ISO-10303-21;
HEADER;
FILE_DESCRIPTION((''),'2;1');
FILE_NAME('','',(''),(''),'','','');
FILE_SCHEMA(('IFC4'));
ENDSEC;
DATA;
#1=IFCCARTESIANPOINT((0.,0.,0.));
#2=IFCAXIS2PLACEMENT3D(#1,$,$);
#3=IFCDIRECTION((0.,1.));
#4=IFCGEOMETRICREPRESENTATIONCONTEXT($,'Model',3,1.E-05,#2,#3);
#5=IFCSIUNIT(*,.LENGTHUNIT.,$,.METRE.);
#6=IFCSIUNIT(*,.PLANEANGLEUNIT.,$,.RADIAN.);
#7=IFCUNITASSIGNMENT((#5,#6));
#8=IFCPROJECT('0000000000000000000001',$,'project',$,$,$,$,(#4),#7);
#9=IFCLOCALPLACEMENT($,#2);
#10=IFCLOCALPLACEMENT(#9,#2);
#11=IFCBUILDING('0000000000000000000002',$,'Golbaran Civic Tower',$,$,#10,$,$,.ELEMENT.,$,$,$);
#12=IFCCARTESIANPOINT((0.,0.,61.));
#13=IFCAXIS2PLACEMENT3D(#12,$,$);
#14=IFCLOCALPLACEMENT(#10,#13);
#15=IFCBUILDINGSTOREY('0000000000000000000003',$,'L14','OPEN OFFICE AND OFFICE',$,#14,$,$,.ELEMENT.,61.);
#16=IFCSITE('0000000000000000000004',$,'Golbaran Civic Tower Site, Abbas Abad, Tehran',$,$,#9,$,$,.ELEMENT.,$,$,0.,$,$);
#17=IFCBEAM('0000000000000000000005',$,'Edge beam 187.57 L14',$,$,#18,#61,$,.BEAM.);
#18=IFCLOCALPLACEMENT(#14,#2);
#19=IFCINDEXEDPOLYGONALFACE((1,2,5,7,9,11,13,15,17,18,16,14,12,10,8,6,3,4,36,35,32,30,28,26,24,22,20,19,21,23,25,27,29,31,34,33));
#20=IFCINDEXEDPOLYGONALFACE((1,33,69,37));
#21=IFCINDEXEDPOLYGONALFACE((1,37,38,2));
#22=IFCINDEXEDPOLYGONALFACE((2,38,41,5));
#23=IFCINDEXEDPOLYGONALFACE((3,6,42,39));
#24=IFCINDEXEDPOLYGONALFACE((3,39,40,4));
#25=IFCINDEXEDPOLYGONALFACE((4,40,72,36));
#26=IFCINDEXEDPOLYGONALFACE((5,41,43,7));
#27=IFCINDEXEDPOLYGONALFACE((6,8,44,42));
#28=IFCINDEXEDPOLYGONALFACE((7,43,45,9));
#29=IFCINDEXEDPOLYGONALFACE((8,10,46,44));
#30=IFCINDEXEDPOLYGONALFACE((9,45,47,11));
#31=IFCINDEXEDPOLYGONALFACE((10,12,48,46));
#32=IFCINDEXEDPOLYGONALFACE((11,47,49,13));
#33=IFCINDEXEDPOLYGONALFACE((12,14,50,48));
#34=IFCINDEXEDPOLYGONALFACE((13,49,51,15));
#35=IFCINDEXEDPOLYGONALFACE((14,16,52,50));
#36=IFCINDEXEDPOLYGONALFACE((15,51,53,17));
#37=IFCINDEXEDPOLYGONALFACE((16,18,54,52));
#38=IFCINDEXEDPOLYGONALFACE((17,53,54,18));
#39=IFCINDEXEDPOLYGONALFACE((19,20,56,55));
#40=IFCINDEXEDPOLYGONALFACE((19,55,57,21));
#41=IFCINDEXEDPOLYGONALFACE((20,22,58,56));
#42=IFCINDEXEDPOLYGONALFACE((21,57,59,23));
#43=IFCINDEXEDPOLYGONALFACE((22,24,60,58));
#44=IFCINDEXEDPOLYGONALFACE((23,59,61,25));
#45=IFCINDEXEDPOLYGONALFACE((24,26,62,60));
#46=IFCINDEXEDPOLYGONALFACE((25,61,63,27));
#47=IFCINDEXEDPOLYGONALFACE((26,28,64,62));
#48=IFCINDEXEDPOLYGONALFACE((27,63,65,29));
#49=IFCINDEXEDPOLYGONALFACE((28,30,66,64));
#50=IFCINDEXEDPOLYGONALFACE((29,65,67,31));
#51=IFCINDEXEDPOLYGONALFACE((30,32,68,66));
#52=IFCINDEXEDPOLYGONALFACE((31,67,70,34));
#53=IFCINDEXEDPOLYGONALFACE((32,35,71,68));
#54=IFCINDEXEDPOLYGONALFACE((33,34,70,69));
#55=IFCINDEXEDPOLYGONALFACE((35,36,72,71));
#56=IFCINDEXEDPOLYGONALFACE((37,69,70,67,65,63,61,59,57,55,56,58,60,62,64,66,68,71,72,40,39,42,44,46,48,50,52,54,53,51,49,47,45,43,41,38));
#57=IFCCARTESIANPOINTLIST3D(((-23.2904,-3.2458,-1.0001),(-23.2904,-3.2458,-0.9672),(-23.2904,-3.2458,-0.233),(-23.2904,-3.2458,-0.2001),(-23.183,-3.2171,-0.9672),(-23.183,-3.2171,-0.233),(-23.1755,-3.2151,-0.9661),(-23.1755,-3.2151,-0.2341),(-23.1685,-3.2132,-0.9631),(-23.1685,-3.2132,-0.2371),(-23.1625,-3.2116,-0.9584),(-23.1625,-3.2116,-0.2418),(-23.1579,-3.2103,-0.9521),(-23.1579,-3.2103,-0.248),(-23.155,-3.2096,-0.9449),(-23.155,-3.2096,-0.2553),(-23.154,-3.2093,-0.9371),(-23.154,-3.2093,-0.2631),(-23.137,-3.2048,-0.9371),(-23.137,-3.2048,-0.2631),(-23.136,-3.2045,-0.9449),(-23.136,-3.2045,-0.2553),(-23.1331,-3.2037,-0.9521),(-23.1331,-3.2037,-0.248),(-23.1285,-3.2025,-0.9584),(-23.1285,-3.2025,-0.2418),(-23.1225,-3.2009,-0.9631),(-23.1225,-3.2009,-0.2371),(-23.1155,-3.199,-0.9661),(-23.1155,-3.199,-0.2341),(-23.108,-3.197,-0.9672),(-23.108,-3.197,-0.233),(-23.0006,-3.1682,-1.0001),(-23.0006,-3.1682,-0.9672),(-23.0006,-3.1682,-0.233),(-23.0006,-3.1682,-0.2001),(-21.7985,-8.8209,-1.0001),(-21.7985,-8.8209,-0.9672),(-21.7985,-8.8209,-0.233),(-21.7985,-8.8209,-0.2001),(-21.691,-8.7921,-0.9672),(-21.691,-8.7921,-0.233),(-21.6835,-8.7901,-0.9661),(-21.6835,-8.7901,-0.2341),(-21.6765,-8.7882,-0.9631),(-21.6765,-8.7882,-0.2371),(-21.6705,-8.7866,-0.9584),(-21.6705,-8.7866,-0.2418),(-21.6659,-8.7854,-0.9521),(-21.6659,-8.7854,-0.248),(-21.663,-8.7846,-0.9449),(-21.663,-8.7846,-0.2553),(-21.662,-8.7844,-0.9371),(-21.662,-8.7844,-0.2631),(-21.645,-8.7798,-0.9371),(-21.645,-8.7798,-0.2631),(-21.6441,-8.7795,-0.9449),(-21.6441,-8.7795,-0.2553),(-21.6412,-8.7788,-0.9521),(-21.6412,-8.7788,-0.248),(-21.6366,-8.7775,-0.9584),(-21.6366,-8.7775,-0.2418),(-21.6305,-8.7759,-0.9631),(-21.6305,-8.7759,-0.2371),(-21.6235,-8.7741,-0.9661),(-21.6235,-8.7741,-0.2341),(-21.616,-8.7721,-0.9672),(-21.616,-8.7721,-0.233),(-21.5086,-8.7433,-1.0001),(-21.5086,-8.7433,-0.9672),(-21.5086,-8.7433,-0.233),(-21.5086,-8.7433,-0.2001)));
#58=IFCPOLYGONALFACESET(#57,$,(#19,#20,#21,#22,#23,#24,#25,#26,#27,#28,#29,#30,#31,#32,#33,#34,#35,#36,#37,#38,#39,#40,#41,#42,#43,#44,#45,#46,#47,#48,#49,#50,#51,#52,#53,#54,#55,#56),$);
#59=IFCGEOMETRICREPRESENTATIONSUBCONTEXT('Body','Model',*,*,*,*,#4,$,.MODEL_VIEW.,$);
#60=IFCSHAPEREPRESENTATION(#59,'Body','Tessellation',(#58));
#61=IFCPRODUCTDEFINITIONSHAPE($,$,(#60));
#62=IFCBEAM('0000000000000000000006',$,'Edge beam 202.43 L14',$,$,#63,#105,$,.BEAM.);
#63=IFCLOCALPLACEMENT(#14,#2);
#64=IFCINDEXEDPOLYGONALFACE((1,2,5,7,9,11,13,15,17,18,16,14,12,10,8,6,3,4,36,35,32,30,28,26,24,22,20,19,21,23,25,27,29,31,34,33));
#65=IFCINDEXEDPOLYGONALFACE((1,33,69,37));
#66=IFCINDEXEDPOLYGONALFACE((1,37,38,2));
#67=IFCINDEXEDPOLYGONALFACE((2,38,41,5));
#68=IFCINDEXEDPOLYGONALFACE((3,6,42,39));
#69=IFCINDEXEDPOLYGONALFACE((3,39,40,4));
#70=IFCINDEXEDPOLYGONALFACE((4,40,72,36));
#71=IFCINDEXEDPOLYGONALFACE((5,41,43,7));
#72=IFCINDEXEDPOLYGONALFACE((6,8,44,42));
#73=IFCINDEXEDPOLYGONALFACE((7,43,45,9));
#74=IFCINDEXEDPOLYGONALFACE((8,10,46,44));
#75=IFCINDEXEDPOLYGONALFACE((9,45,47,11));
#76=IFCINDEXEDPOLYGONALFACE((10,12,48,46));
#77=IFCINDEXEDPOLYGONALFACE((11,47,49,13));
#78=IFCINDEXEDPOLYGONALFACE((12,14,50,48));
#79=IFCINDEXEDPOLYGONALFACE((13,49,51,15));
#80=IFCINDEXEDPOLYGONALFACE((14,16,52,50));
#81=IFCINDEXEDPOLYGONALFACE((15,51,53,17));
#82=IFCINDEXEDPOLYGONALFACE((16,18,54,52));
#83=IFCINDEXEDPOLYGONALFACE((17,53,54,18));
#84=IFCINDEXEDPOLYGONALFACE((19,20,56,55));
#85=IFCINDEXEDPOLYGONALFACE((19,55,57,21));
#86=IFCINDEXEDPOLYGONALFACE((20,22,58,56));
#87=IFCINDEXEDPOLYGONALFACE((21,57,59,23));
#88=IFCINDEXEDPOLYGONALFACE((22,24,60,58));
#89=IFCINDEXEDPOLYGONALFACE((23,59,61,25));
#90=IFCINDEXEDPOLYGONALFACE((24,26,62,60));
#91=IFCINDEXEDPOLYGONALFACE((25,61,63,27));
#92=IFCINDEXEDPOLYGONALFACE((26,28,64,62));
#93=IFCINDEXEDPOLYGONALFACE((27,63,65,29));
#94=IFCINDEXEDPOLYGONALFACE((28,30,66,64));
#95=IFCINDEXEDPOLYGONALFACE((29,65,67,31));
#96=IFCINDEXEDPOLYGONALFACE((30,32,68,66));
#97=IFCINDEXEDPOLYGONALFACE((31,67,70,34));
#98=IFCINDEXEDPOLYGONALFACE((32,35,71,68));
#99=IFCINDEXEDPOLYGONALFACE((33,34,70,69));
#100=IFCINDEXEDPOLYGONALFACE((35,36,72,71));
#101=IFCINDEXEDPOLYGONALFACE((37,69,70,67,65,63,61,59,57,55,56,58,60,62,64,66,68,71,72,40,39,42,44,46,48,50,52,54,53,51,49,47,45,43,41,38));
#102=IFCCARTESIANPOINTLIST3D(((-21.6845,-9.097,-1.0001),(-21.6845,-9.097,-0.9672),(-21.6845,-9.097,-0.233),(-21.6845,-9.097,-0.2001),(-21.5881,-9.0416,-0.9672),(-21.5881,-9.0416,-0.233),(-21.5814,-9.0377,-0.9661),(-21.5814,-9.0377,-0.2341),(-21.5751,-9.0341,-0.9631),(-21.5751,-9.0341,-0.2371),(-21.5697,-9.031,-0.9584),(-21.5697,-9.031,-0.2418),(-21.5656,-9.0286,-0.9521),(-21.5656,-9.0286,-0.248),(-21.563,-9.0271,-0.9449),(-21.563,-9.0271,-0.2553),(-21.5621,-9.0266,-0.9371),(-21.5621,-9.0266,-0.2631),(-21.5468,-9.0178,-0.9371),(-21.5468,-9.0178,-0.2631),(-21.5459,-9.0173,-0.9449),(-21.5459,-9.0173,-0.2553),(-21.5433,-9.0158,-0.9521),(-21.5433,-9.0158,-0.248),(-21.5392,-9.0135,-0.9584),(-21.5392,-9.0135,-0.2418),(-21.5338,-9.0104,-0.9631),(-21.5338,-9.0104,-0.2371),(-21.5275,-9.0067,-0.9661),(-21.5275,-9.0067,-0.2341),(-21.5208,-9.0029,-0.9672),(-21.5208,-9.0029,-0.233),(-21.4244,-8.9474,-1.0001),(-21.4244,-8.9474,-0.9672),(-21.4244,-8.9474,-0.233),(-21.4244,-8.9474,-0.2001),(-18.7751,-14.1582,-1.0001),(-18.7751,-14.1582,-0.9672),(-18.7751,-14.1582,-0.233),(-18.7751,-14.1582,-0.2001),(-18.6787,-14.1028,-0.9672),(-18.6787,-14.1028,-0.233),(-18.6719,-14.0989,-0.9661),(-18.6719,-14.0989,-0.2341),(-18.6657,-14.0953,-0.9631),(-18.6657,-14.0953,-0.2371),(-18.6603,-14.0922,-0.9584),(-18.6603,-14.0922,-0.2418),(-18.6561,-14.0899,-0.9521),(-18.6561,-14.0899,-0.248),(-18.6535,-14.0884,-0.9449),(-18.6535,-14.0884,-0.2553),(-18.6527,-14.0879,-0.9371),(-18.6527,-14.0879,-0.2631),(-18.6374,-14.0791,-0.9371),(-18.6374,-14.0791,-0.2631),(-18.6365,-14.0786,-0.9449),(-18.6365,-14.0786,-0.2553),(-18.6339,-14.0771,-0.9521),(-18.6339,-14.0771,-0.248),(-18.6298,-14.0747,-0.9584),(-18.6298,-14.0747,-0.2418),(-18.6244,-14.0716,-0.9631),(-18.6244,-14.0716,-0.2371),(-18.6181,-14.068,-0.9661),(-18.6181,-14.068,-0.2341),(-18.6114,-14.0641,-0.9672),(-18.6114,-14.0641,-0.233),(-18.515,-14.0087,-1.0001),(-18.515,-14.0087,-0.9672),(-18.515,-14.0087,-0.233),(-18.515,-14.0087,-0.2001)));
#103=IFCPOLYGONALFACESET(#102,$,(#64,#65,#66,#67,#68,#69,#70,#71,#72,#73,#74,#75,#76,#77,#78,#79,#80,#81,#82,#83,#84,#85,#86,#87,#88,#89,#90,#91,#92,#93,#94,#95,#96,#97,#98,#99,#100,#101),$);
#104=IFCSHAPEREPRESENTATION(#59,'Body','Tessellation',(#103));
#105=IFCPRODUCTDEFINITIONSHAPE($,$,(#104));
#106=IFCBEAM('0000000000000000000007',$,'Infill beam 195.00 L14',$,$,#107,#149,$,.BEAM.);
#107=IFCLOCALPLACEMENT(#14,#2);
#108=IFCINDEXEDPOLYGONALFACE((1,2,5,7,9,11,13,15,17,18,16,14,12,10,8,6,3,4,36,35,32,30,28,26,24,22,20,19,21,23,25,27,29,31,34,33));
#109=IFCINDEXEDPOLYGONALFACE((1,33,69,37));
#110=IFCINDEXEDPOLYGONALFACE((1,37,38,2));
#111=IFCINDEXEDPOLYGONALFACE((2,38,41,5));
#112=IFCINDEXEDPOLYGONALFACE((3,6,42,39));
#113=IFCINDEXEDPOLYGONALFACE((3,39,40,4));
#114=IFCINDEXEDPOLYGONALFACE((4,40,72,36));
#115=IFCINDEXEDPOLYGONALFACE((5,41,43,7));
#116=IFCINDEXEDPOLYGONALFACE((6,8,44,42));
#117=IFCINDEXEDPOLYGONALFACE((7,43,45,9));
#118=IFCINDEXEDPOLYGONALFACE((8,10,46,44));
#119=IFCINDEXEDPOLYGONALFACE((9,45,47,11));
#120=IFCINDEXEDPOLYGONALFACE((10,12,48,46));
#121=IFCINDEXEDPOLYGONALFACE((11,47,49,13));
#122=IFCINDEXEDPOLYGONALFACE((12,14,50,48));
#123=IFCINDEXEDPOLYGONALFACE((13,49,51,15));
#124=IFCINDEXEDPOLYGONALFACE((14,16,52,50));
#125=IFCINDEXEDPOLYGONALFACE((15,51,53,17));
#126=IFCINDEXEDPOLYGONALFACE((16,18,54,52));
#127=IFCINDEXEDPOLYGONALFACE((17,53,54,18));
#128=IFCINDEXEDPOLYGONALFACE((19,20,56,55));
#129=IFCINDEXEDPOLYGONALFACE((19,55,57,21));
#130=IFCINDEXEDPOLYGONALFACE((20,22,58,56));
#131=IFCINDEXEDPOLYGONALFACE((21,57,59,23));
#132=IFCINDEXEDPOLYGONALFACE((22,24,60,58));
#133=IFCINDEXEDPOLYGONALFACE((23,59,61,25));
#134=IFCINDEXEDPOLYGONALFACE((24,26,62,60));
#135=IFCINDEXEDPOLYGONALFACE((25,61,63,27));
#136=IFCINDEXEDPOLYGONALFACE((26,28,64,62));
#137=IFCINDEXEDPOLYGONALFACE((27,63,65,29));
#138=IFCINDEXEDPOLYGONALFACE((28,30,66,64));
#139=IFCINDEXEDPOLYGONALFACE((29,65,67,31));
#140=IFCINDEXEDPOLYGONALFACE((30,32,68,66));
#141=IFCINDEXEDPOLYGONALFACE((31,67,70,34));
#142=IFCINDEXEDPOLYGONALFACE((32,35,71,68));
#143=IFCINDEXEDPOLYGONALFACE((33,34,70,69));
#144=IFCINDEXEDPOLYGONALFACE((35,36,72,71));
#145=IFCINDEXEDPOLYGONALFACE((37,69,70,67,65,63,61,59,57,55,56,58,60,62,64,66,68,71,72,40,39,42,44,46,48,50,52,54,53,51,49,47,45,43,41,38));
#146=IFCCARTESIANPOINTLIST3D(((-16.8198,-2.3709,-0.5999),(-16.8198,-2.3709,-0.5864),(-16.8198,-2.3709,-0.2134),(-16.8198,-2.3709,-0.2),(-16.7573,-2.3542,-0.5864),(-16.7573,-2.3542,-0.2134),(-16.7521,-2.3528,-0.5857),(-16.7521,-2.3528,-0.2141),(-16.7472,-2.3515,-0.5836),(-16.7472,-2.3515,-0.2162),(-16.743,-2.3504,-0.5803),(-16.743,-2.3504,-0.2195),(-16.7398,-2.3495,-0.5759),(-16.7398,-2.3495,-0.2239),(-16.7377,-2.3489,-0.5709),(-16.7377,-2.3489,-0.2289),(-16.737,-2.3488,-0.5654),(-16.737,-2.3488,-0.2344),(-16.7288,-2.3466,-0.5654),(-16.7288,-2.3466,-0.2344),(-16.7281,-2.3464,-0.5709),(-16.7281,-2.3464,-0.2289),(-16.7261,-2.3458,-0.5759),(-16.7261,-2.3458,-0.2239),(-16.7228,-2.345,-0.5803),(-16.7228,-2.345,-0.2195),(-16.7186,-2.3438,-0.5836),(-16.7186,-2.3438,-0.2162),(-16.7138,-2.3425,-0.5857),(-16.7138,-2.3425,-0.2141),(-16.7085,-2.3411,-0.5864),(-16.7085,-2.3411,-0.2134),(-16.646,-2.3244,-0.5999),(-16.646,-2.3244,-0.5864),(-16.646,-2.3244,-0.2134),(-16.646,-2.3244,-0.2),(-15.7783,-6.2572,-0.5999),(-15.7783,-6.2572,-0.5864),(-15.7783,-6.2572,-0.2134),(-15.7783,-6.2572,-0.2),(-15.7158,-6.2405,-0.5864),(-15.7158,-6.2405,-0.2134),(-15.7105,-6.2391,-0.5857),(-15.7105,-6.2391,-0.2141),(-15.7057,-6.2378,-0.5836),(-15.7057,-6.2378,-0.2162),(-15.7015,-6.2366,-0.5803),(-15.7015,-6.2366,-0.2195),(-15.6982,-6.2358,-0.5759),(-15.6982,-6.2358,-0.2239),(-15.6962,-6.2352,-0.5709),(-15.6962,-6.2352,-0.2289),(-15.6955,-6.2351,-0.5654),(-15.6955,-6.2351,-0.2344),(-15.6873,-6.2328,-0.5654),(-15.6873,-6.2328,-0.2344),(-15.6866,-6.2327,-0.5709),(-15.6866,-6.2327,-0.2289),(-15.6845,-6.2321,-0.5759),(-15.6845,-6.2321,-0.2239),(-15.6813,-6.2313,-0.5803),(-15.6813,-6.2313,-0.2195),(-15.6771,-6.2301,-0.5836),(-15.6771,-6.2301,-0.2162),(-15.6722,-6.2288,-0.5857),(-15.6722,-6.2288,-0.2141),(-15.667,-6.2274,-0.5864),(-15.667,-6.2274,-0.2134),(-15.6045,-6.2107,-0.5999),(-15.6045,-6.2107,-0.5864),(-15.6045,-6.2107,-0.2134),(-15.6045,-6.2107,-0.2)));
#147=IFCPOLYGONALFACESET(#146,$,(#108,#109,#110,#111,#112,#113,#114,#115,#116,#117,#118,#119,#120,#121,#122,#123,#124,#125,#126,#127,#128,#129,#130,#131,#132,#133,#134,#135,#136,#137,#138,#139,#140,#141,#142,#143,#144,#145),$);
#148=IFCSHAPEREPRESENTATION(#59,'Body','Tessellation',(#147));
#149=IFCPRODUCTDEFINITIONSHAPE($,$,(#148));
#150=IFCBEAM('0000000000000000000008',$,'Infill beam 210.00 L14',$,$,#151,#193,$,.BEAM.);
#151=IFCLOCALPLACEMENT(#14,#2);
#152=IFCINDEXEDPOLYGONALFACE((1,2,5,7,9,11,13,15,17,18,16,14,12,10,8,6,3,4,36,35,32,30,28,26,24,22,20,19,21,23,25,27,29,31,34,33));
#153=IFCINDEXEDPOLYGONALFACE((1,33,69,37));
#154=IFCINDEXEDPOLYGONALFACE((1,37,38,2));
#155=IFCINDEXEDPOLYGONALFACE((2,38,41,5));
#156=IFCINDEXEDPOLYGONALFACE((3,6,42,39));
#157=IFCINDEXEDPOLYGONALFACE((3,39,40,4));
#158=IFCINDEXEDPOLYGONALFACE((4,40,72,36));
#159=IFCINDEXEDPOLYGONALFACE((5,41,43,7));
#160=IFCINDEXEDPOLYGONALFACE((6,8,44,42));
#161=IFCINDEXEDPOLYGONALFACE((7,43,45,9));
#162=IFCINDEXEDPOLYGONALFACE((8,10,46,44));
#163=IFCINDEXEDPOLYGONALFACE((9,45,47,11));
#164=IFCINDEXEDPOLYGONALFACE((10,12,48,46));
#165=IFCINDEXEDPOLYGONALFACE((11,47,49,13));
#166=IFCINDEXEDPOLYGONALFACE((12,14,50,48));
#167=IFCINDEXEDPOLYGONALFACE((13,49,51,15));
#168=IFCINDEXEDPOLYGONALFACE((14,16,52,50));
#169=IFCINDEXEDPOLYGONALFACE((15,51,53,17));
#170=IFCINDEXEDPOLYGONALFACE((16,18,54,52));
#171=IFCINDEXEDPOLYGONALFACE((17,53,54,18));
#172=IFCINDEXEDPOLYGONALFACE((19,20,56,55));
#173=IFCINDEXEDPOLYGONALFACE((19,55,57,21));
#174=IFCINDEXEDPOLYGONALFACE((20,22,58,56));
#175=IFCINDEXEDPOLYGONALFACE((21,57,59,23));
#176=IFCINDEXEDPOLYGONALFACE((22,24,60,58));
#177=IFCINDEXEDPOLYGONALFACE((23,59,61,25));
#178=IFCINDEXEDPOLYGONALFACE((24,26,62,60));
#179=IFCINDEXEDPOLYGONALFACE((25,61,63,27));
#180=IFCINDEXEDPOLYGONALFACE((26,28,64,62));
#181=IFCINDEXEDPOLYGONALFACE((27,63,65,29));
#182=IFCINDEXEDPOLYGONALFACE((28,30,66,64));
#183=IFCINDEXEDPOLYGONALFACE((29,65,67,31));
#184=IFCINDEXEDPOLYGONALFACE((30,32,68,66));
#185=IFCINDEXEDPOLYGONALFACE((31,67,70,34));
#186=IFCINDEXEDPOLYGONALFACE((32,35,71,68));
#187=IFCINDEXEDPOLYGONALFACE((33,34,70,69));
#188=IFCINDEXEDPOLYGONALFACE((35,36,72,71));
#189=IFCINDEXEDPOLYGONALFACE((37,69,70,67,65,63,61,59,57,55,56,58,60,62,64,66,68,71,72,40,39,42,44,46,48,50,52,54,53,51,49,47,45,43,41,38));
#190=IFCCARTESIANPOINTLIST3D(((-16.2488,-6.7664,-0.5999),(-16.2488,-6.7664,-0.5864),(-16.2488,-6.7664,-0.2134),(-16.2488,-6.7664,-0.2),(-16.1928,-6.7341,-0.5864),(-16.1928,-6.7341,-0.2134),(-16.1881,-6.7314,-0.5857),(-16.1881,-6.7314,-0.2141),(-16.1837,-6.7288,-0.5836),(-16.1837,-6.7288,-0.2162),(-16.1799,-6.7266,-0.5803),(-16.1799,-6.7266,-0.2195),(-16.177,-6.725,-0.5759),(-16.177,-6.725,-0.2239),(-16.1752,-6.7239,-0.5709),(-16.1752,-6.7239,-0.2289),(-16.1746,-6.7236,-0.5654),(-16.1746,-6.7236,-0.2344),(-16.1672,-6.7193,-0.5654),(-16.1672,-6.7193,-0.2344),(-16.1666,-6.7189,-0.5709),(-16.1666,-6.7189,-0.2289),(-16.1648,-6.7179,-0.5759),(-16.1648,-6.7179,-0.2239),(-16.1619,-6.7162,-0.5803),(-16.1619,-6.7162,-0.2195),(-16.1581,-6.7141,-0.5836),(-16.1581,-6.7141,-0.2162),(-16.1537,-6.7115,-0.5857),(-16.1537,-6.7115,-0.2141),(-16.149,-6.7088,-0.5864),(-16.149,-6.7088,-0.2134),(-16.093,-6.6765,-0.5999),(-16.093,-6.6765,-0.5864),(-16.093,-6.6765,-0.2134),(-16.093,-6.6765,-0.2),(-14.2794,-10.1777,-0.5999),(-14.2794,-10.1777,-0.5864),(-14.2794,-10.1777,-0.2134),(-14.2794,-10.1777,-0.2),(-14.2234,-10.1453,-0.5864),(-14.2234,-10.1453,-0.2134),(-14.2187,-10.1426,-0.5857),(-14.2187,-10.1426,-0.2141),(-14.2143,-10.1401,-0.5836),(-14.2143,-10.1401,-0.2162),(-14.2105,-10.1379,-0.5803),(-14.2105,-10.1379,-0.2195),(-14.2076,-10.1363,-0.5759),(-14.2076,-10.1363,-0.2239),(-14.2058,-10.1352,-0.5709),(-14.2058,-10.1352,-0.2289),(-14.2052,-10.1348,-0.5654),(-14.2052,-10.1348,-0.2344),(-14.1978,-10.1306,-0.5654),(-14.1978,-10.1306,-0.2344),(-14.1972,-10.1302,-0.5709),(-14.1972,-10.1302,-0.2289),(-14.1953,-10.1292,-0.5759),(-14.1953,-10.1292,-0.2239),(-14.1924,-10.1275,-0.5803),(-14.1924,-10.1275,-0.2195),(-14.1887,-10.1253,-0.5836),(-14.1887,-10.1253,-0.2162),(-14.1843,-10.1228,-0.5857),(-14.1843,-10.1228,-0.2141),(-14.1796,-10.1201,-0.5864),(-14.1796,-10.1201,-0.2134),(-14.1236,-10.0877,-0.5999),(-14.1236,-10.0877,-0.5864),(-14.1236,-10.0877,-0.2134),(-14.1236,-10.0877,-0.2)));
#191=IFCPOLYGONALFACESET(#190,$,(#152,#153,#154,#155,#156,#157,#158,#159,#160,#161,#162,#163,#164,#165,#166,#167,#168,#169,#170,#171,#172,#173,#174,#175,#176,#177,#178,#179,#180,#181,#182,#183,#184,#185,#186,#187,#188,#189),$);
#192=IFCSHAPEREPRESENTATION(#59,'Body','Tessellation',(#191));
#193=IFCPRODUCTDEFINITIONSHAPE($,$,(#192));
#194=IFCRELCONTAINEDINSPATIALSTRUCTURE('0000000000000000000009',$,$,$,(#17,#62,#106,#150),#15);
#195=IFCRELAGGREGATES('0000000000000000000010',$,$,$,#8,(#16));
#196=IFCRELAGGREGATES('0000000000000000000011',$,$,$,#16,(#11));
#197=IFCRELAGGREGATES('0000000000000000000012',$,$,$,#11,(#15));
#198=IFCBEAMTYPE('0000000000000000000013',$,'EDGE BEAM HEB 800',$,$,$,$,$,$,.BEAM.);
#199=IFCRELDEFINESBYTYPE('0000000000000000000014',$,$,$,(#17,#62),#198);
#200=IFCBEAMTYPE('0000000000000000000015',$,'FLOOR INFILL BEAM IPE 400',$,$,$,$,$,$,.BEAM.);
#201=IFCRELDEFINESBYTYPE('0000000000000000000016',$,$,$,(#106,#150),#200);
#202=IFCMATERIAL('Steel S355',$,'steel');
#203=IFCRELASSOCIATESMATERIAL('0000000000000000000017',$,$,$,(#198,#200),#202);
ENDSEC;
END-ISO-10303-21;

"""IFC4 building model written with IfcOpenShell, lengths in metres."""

from ifc_helpers import new_model, si_unit, direction, frame, origin, origin_2d, place, context, subcontext, project, spatial, i_section, extrude, material, material_profile, profile_set, type_object, element, save


model = new_model("IFC4")

# Units and contexts
model_context = context("Model", 3, precision=1e-05, world=origin(), true_north=direction((0.0, 1.0)))
body_context = subcontext(model_context, "Body", "Model", "MODEL_VIEW")
ifc_project = project(units=[si_unit("LENGTHUNIT", "METRE"), si_unit("PLANEANGLEUNIT", "RADIAN")], contexts=[model_context])

# Site, building, storey
site_placement = place(None, origin())
site = spatial("IfcSite", under=ifc_project, at=site_placement, Name="Golbaran Civic Tower Site, Abbas Abad, Tehran", CompositionType="ELEMENT", RefElevation=0.0)
building_placement = place(site_placement, origin())
building = spatial("IfcBuilding", under=site, at=building_placement, Name="Golbaran Civic Tower", CompositionType="ELEMENT")
storey_placement = place(building_placement, frame((0.0, 0.0, 61.0)))
storey = spatial("IfcBuildingStorey", under=building, at=storey_placement, Name="L14", Description="OPEN OFFICE AND OFFICE", CompositionType="ELEMENT", Elevation=61.0)

# Beams
ifc_material_1 = material(Name="Steel S355", Category="steel")
ifc_material_profile_1 = material_profile(ifc_material_1, i_section(OverallWidth=0.3, OverallDepth=0.8, WebThickness=0.0176, FlangeThickness=0.033, FilletRadius=0.03, at=origin_2d()), Name="HEB 800")
ifc_profile_set_1 = profile_set([ifc_material_profile_1], Name="Steel S355")
beam_type_1 = type_object("IfcBeamType", Name="EDGE BEAM HEB 800", PredefinedType="BEAM", material=ifc_profile_set_1)
beam_1_placement = place(storey_placement, frame((-23.1455, -3.207, -0.6001), z_axis=(0.258518, -0.966006, 0.0), x_axis=(0.966006, 0.258518, 0.0)))
element("IfcBeam", 1, at=beam_1_placement, inside=storey, type_object=beam_type_1, Name="Edge beam 187.57 L14", PredefinedType="BEAM", context=body_context, shape_type="SweptSolid", body=[
    extrude(i_section(OverallWidth=0.3, OverallDepth=0.8, WebThickness=0.0176, FlangeThickness=0.033, FilletRadius=0.03, at=origin_2d()), origin(), (0.0, 0.0, 1.0), 5.7712),
])
beam_2_placement = place(storey_placement, frame((-21.5544, -9.0222, -0.6001), z_axis=(0.498367, -0.866966, 0.0), x_axis=(0.866966, 0.498367, 0.0)))
element("IfcBeam", 2, at=beam_2_placement, inside=storey, type_object=beam_type_1, Name="Edge beam 202.43 L14", PredefinedType="BEAM", context=body_context, shape_type="SweptSolid", body=[
    extrude(i_section(OverallWidth=0.3, OverallDepth=0.8, WebThickness=0.0176, FlangeThickness=0.033, FilletRadius=0.03, at=origin_2d()), origin(), (0.0, 0.0, 1.0), 5.8379),
])
ifc_material_profile_2 = material_profile(ifc_material_1, i_section(OverallWidth=0.1799, OverallDepth=0.3999, WebThickness=0.0085, FlangeThickness=0.0134, FilletRadius=0.021, at=origin_2d()), Name="IPE 400")
ifc_profile_set_2 = profile_set([ifc_material_profile_2], Name="Steel S355")
beam_type_2 = type_object("IfcBeamType", Name="FLOOR INFILL BEAM IPE 400", PredefinedType="BEAM", material=ifc_profile_set_2)
beam_3_placement = place(storey_placement, frame((-16.7329, -2.3477, -0.3999), z_axis=(0.258863, -0.965914, 0.0), x_axis=(0.965914, 0.258863, 0.0)))
element("IfcBeam", 3, at=beam_3_placement, inside=storey, type_object=beam_type_2, Name="Infill beam 195.00 L14", PredefinedType="BEAM", context=body_context, shape_type="SweptSolid", body=[
    extrude(i_section(OverallWidth=0.1799, OverallDepth=0.3999, WebThickness=0.0085, FlangeThickness=0.0134, FilletRadius=0.021, at=origin_2d()), origin(), (0.0, 0.0, 1.0), 4.0234),
])
beam_4_placement = place(storey_placement, frame((-16.1709, -6.7214, -0.3999), z_axis=(0.499985, -0.866034, 0.0), x_axis=(0.866034, 0.499985, 0.0)))
element("IfcBeam", 4, at=beam_4_placement, inside=storey, type_object=beam_type_2, Name="Infill beam 210.00 L14", PredefinedType="BEAM", context=body_context, shape_type="SweptSolid", body=[
    extrude(i_section(OverallWidth=0.1799, OverallDepth=0.3999, WebThickness=0.0085, FlangeThickness=0.0134, FilletRadius=0.021, at=origin_2d()), origin(), (0.0, 0.0, 1.0), 3.939),
])

save(model, "model.ifc")
